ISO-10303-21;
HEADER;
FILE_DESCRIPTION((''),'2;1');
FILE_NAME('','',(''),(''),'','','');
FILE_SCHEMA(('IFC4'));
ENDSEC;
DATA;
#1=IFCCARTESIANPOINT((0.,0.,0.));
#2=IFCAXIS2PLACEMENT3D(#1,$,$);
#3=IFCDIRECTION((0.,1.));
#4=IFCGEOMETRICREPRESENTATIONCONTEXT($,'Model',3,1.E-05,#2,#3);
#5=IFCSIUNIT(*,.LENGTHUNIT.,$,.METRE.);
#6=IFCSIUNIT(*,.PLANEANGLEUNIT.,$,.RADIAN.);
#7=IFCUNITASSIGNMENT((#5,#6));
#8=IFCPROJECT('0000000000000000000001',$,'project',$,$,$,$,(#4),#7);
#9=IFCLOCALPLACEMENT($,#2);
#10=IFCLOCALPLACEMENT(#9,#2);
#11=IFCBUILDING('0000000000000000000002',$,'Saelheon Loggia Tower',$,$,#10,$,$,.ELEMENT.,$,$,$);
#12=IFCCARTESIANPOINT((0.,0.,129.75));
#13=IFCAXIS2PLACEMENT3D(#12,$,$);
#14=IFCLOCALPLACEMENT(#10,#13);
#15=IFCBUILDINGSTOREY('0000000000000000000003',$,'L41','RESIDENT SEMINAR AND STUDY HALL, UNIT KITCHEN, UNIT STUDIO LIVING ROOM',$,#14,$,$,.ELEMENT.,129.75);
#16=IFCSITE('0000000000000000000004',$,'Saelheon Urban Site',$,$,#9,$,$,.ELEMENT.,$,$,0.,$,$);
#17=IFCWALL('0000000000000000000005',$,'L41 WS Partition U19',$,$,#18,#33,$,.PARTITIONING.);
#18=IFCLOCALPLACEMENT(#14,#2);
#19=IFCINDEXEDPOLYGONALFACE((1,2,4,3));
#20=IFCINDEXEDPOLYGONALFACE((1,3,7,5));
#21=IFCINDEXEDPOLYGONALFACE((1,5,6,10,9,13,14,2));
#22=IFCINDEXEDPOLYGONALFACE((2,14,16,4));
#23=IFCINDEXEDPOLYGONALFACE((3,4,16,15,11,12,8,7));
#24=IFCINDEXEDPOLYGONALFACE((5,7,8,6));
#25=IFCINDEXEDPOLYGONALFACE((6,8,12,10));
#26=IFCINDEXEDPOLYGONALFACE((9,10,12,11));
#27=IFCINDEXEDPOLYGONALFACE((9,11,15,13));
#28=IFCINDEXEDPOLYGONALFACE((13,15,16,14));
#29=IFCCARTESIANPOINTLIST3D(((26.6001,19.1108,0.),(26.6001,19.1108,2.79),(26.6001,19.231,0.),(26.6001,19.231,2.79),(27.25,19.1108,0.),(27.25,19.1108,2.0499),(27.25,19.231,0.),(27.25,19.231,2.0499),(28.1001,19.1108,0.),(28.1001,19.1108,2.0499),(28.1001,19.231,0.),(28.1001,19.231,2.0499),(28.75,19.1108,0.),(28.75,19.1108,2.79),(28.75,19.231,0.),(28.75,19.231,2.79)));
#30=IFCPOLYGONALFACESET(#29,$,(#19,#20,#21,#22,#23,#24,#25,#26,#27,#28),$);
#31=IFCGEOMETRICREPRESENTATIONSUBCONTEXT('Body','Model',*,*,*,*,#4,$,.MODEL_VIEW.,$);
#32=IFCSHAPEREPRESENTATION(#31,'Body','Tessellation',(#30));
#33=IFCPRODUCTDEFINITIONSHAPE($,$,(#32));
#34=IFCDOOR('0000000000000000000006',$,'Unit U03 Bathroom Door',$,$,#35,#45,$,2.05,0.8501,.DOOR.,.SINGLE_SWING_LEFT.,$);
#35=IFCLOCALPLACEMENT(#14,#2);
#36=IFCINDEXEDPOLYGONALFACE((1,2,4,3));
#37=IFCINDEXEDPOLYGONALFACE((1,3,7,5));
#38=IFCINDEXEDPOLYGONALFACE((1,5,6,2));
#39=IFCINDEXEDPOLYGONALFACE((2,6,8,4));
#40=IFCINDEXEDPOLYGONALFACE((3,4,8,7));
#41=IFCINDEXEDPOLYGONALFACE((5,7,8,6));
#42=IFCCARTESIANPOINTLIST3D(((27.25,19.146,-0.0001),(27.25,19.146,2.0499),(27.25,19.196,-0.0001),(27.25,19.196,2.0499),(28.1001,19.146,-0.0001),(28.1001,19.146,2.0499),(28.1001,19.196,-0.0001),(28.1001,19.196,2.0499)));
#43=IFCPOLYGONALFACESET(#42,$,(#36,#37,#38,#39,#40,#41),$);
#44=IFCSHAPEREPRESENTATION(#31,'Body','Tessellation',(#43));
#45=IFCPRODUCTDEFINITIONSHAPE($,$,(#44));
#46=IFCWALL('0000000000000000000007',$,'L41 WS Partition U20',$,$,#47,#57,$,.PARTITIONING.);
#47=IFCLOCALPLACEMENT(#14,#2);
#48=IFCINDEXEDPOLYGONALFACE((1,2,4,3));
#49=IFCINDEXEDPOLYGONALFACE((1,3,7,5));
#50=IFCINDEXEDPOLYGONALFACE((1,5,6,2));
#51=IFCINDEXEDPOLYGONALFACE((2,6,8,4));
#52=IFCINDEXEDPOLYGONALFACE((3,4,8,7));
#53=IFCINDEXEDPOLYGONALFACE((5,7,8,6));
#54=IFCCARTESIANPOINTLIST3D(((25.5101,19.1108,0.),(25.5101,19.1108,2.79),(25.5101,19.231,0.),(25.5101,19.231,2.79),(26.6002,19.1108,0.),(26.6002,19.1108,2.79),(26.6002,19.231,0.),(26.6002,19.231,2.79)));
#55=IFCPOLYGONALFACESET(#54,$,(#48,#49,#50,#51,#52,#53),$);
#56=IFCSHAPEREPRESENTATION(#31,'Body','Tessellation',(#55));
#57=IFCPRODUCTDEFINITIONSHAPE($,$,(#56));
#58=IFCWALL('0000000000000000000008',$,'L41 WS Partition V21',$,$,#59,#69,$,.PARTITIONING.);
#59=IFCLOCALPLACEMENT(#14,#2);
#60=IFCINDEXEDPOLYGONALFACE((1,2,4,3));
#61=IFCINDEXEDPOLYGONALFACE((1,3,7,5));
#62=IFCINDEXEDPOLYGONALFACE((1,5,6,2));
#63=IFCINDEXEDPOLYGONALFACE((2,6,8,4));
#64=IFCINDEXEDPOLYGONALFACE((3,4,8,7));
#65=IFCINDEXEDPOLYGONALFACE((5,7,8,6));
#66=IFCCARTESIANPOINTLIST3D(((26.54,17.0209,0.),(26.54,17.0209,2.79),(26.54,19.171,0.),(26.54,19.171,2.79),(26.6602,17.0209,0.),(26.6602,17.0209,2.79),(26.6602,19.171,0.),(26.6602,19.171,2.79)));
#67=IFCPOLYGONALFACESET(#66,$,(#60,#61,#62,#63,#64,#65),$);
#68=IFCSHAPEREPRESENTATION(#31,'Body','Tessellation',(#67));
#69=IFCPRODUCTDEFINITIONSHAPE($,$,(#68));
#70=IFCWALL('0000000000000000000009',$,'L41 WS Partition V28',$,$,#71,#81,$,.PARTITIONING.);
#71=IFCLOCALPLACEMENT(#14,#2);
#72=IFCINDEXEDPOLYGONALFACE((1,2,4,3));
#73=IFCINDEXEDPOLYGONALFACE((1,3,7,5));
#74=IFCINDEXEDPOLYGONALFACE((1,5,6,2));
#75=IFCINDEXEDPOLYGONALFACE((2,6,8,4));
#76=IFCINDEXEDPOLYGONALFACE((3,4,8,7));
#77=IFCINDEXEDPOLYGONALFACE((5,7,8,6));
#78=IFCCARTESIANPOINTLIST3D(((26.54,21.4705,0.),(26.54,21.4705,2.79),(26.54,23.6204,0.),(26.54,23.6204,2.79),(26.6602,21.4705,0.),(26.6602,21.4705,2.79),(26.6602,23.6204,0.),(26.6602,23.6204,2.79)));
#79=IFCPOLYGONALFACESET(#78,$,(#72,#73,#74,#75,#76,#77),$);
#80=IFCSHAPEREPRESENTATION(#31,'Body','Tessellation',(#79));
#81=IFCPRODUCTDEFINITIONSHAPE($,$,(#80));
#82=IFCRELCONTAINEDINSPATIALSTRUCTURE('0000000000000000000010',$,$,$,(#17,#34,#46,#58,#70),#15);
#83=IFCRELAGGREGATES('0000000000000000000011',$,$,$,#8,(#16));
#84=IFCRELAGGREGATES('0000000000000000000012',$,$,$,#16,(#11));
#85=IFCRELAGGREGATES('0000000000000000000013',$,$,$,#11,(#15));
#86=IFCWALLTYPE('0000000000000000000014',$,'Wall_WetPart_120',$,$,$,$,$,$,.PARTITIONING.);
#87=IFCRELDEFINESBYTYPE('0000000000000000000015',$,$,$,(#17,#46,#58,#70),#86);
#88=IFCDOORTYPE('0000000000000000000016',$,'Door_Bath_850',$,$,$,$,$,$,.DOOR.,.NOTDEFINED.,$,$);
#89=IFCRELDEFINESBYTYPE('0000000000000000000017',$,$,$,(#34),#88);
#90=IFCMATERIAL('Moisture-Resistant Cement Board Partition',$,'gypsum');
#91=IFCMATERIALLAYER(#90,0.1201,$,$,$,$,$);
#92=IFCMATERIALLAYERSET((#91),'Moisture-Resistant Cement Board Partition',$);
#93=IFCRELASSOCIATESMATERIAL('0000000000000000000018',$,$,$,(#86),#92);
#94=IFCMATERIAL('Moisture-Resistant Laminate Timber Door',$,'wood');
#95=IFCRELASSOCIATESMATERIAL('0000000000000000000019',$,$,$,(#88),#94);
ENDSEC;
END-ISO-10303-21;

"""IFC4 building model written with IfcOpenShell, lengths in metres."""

from ifc_helpers import new_model, si_unit, direction, frame, frame_2d, origin, place, context, subcontext, project, spatial, rectangle, extrude, source, transform, mapped, material, layer, layer_set, type_object, element, fill, save


model = new_model("IFC4")

# Units and contexts
model_context = context("Model", 3, precision=1e-05, world=origin(), true_north=direction((0.0, 1.0)))
body_context = subcontext(model_context, "Body", "Model", "MODEL_VIEW")
ifc_project = project(units=[si_unit("LENGTHUNIT", "METRE"), si_unit("PLANEANGLEUNIT", "RADIAN")], contexts=[model_context])

# Site, building, storey
site_placement = place(None, origin())
site = spatial("IfcSite", under=ifc_project, at=site_placement, Name="Saelheon Urban Site", CompositionType="ELEMENT", RefElevation=0.0)
building_placement = place(site_placement, origin())
building = spatial("IfcBuilding", under=site, at=building_placement, Name="Saelheon Loggia Tower", CompositionType="ELEMENT")
storey_placement = place(building_placement, frame((0.0, 0.0, 129.75)))
storey = spatial("IfcBuildingStorey", under=building, at=storey_placement, Name="L41", Description="RESIDENT SEMINAR AND STUDY HALL, UNIT KITCHEN, UNIT STUDIO LIVING ROOM", CompositionType="ELEMENT", Elevation=129.75)

# Wall, opening, door
ifc_material_1 = material(Name="Moisture-Resistant Cement Board Partition", Category="gypsum")
ifc_layer_1 = layer(ifc_material_1, 0.1201)
ifc_layer_set_1 = layer_set([ifc_layer_1], Name="Moisture-Resistant Cement Board Partition")
wall_type_1 = type_object("IfcWallType", Name="Wall_WetPart_120", PredefinedType="PARTITIONING", material=ifc_layer_set_1)
wall_1_placement = place(storey_placement, frame((28.75, 19.1709, 0.0), z_axis=(0.0, 0.0, 1.0), x_axis=(-1.0, 0.0, 0.0)))
wall_1 = element("IfcWall", 1, at=wall_1_placement, inside=storey, type_object=wall_type_1, Name="L41 WS Partition U19", PredefinedType="PARTITIONING", context=body_context, shape_type="SweptSolid", body=[
    extrude(rectangle(XDim=2.1499, YDim=0.1201, at=frame_2d((1.075, 0.0))), origin(), (0.0, 0.0, 1.0), 2.79),
])
opening_1_placement = place(wall_1_placement, frame((0.6499, 0.0, 0.0)))
opening_1 = element("IfcOpeningElement", 2, at=opening_1_placement, cuts=wall_1, PredefinedType="OPENING", context=body_context, shape_type="SweptSolid", body=[
    extrude(rectangle(XDim=0.8501, YDim=2.05, at=frame_2d((0.425, 1.0249))), frame((0.0, 0.072, 0.0), z_axis=(0.0, -1.0, 0.0), x_axis=(1.0, 0.0, 0.0)), (0.0, 0.0, 1.0), 0.144),
])
ifc_material_2 = material(Name="Moisture-Resistant Laminate Timber Door", Category="wood")
door_type_1 = type_object("IfcDoorType", Name="Door_Bath_850", OperationType="NOTDEFINED", PredefinedType="DOOR", material=ifc_material_2)
shared_shape_1 = source(origin(), body_context, "Body", "SweptSolid", [
    extrude(rectangle(XDim=0.8501, YDim=2.05, at=frame_2d((0.425, 1.0249))), frame((0.0, 0.0249, 0.0), z_axis=(0.0, -1.0, 0.0), x_axis=(1.0, 0.0, 0.0)), (0.0, 0.0, 1.0), 0.05),
])
door_1_placement = place(opening_1_placement, origin())
door_1 = element("IfcDoor", 3, at=door_1_placement, inside=storey, type_object=door_type_1, Name="Unit U03 Bathroom Door", OperationType="SINGLE_SWING_LEFT", OverallHeight=2.05, OverallWidth=0.8501, PredefinedType="DOOR", context=body_context, shape_type="MappedRepresentation", body=[
    mapped(shared_shape_1, transform((0.0, 0.0, 0.0), scale=1.0)),
])
fill(opening_1, door_1)

# Walls
wall_2_placement = place(storey_placement, frame((26.6001, 19.1709, 0.0), z_axis=(0.0, 0.0, 1.0), x_axis=(-1.0, 0.0, 0.0)))
element("IfcWall", 4, at=wall_2_placement, inside=storey, type_object=wall_type_1, Name="L41 WS Partition U20", PredefinedType="PARTITIONING", context=body_context, shape_type="SweptSolid", body=[
    extrude(rectangle(XDim=1.0901, YDim=0.1201, at=frame_2d((0.5449, 0.0))), origin(), (0.0, 0.0, 1.0), 2.79),
])
wall_3_placement = place(storey_placement, frame((26.6001, 17.0208, 0.0), z_axis=(0.0, 0.0, 1.0), x_axis=(0.0, 1.0, 0.0)))
element("IfcWall", 5, at=wall_3_placement, inside=storey, type_object=wall_type_1, Name="L41 WS Partition V21", PredefinedType="PARTITIONING", context=body_context, shape_type="SweptSolid", body=[
    extrude(rectangle(XDim=2.1501, YDim=0.1201, at=frame_2d((1.0752, 0.0))), origin(), (0.0, 0.0, 1.0), 2.79),
])
wall_4_placement = place(storey_placement, frame((26.6001, 21.4705, 0.0), z_axis=(0.0, 0.0, 1.0), x_axis=(0.0, 1.0, 0.0)))
element("IfcWall", 6, at=wall_4_placement, inside=storey, type_object=wall_type_1, Name="L41 WS Partition V28", PredefinedType="PARTITIONING", context=body_context, shape_type="SweptSolid", body=[
    extrude(rectangle(XDim=2.1499, YDim=0.1201, at=frame_2d((1.075, 0.0))), origin(), (0.0, 0.0, 1.0), 2.79),
])

save(model, "model.ifc")
